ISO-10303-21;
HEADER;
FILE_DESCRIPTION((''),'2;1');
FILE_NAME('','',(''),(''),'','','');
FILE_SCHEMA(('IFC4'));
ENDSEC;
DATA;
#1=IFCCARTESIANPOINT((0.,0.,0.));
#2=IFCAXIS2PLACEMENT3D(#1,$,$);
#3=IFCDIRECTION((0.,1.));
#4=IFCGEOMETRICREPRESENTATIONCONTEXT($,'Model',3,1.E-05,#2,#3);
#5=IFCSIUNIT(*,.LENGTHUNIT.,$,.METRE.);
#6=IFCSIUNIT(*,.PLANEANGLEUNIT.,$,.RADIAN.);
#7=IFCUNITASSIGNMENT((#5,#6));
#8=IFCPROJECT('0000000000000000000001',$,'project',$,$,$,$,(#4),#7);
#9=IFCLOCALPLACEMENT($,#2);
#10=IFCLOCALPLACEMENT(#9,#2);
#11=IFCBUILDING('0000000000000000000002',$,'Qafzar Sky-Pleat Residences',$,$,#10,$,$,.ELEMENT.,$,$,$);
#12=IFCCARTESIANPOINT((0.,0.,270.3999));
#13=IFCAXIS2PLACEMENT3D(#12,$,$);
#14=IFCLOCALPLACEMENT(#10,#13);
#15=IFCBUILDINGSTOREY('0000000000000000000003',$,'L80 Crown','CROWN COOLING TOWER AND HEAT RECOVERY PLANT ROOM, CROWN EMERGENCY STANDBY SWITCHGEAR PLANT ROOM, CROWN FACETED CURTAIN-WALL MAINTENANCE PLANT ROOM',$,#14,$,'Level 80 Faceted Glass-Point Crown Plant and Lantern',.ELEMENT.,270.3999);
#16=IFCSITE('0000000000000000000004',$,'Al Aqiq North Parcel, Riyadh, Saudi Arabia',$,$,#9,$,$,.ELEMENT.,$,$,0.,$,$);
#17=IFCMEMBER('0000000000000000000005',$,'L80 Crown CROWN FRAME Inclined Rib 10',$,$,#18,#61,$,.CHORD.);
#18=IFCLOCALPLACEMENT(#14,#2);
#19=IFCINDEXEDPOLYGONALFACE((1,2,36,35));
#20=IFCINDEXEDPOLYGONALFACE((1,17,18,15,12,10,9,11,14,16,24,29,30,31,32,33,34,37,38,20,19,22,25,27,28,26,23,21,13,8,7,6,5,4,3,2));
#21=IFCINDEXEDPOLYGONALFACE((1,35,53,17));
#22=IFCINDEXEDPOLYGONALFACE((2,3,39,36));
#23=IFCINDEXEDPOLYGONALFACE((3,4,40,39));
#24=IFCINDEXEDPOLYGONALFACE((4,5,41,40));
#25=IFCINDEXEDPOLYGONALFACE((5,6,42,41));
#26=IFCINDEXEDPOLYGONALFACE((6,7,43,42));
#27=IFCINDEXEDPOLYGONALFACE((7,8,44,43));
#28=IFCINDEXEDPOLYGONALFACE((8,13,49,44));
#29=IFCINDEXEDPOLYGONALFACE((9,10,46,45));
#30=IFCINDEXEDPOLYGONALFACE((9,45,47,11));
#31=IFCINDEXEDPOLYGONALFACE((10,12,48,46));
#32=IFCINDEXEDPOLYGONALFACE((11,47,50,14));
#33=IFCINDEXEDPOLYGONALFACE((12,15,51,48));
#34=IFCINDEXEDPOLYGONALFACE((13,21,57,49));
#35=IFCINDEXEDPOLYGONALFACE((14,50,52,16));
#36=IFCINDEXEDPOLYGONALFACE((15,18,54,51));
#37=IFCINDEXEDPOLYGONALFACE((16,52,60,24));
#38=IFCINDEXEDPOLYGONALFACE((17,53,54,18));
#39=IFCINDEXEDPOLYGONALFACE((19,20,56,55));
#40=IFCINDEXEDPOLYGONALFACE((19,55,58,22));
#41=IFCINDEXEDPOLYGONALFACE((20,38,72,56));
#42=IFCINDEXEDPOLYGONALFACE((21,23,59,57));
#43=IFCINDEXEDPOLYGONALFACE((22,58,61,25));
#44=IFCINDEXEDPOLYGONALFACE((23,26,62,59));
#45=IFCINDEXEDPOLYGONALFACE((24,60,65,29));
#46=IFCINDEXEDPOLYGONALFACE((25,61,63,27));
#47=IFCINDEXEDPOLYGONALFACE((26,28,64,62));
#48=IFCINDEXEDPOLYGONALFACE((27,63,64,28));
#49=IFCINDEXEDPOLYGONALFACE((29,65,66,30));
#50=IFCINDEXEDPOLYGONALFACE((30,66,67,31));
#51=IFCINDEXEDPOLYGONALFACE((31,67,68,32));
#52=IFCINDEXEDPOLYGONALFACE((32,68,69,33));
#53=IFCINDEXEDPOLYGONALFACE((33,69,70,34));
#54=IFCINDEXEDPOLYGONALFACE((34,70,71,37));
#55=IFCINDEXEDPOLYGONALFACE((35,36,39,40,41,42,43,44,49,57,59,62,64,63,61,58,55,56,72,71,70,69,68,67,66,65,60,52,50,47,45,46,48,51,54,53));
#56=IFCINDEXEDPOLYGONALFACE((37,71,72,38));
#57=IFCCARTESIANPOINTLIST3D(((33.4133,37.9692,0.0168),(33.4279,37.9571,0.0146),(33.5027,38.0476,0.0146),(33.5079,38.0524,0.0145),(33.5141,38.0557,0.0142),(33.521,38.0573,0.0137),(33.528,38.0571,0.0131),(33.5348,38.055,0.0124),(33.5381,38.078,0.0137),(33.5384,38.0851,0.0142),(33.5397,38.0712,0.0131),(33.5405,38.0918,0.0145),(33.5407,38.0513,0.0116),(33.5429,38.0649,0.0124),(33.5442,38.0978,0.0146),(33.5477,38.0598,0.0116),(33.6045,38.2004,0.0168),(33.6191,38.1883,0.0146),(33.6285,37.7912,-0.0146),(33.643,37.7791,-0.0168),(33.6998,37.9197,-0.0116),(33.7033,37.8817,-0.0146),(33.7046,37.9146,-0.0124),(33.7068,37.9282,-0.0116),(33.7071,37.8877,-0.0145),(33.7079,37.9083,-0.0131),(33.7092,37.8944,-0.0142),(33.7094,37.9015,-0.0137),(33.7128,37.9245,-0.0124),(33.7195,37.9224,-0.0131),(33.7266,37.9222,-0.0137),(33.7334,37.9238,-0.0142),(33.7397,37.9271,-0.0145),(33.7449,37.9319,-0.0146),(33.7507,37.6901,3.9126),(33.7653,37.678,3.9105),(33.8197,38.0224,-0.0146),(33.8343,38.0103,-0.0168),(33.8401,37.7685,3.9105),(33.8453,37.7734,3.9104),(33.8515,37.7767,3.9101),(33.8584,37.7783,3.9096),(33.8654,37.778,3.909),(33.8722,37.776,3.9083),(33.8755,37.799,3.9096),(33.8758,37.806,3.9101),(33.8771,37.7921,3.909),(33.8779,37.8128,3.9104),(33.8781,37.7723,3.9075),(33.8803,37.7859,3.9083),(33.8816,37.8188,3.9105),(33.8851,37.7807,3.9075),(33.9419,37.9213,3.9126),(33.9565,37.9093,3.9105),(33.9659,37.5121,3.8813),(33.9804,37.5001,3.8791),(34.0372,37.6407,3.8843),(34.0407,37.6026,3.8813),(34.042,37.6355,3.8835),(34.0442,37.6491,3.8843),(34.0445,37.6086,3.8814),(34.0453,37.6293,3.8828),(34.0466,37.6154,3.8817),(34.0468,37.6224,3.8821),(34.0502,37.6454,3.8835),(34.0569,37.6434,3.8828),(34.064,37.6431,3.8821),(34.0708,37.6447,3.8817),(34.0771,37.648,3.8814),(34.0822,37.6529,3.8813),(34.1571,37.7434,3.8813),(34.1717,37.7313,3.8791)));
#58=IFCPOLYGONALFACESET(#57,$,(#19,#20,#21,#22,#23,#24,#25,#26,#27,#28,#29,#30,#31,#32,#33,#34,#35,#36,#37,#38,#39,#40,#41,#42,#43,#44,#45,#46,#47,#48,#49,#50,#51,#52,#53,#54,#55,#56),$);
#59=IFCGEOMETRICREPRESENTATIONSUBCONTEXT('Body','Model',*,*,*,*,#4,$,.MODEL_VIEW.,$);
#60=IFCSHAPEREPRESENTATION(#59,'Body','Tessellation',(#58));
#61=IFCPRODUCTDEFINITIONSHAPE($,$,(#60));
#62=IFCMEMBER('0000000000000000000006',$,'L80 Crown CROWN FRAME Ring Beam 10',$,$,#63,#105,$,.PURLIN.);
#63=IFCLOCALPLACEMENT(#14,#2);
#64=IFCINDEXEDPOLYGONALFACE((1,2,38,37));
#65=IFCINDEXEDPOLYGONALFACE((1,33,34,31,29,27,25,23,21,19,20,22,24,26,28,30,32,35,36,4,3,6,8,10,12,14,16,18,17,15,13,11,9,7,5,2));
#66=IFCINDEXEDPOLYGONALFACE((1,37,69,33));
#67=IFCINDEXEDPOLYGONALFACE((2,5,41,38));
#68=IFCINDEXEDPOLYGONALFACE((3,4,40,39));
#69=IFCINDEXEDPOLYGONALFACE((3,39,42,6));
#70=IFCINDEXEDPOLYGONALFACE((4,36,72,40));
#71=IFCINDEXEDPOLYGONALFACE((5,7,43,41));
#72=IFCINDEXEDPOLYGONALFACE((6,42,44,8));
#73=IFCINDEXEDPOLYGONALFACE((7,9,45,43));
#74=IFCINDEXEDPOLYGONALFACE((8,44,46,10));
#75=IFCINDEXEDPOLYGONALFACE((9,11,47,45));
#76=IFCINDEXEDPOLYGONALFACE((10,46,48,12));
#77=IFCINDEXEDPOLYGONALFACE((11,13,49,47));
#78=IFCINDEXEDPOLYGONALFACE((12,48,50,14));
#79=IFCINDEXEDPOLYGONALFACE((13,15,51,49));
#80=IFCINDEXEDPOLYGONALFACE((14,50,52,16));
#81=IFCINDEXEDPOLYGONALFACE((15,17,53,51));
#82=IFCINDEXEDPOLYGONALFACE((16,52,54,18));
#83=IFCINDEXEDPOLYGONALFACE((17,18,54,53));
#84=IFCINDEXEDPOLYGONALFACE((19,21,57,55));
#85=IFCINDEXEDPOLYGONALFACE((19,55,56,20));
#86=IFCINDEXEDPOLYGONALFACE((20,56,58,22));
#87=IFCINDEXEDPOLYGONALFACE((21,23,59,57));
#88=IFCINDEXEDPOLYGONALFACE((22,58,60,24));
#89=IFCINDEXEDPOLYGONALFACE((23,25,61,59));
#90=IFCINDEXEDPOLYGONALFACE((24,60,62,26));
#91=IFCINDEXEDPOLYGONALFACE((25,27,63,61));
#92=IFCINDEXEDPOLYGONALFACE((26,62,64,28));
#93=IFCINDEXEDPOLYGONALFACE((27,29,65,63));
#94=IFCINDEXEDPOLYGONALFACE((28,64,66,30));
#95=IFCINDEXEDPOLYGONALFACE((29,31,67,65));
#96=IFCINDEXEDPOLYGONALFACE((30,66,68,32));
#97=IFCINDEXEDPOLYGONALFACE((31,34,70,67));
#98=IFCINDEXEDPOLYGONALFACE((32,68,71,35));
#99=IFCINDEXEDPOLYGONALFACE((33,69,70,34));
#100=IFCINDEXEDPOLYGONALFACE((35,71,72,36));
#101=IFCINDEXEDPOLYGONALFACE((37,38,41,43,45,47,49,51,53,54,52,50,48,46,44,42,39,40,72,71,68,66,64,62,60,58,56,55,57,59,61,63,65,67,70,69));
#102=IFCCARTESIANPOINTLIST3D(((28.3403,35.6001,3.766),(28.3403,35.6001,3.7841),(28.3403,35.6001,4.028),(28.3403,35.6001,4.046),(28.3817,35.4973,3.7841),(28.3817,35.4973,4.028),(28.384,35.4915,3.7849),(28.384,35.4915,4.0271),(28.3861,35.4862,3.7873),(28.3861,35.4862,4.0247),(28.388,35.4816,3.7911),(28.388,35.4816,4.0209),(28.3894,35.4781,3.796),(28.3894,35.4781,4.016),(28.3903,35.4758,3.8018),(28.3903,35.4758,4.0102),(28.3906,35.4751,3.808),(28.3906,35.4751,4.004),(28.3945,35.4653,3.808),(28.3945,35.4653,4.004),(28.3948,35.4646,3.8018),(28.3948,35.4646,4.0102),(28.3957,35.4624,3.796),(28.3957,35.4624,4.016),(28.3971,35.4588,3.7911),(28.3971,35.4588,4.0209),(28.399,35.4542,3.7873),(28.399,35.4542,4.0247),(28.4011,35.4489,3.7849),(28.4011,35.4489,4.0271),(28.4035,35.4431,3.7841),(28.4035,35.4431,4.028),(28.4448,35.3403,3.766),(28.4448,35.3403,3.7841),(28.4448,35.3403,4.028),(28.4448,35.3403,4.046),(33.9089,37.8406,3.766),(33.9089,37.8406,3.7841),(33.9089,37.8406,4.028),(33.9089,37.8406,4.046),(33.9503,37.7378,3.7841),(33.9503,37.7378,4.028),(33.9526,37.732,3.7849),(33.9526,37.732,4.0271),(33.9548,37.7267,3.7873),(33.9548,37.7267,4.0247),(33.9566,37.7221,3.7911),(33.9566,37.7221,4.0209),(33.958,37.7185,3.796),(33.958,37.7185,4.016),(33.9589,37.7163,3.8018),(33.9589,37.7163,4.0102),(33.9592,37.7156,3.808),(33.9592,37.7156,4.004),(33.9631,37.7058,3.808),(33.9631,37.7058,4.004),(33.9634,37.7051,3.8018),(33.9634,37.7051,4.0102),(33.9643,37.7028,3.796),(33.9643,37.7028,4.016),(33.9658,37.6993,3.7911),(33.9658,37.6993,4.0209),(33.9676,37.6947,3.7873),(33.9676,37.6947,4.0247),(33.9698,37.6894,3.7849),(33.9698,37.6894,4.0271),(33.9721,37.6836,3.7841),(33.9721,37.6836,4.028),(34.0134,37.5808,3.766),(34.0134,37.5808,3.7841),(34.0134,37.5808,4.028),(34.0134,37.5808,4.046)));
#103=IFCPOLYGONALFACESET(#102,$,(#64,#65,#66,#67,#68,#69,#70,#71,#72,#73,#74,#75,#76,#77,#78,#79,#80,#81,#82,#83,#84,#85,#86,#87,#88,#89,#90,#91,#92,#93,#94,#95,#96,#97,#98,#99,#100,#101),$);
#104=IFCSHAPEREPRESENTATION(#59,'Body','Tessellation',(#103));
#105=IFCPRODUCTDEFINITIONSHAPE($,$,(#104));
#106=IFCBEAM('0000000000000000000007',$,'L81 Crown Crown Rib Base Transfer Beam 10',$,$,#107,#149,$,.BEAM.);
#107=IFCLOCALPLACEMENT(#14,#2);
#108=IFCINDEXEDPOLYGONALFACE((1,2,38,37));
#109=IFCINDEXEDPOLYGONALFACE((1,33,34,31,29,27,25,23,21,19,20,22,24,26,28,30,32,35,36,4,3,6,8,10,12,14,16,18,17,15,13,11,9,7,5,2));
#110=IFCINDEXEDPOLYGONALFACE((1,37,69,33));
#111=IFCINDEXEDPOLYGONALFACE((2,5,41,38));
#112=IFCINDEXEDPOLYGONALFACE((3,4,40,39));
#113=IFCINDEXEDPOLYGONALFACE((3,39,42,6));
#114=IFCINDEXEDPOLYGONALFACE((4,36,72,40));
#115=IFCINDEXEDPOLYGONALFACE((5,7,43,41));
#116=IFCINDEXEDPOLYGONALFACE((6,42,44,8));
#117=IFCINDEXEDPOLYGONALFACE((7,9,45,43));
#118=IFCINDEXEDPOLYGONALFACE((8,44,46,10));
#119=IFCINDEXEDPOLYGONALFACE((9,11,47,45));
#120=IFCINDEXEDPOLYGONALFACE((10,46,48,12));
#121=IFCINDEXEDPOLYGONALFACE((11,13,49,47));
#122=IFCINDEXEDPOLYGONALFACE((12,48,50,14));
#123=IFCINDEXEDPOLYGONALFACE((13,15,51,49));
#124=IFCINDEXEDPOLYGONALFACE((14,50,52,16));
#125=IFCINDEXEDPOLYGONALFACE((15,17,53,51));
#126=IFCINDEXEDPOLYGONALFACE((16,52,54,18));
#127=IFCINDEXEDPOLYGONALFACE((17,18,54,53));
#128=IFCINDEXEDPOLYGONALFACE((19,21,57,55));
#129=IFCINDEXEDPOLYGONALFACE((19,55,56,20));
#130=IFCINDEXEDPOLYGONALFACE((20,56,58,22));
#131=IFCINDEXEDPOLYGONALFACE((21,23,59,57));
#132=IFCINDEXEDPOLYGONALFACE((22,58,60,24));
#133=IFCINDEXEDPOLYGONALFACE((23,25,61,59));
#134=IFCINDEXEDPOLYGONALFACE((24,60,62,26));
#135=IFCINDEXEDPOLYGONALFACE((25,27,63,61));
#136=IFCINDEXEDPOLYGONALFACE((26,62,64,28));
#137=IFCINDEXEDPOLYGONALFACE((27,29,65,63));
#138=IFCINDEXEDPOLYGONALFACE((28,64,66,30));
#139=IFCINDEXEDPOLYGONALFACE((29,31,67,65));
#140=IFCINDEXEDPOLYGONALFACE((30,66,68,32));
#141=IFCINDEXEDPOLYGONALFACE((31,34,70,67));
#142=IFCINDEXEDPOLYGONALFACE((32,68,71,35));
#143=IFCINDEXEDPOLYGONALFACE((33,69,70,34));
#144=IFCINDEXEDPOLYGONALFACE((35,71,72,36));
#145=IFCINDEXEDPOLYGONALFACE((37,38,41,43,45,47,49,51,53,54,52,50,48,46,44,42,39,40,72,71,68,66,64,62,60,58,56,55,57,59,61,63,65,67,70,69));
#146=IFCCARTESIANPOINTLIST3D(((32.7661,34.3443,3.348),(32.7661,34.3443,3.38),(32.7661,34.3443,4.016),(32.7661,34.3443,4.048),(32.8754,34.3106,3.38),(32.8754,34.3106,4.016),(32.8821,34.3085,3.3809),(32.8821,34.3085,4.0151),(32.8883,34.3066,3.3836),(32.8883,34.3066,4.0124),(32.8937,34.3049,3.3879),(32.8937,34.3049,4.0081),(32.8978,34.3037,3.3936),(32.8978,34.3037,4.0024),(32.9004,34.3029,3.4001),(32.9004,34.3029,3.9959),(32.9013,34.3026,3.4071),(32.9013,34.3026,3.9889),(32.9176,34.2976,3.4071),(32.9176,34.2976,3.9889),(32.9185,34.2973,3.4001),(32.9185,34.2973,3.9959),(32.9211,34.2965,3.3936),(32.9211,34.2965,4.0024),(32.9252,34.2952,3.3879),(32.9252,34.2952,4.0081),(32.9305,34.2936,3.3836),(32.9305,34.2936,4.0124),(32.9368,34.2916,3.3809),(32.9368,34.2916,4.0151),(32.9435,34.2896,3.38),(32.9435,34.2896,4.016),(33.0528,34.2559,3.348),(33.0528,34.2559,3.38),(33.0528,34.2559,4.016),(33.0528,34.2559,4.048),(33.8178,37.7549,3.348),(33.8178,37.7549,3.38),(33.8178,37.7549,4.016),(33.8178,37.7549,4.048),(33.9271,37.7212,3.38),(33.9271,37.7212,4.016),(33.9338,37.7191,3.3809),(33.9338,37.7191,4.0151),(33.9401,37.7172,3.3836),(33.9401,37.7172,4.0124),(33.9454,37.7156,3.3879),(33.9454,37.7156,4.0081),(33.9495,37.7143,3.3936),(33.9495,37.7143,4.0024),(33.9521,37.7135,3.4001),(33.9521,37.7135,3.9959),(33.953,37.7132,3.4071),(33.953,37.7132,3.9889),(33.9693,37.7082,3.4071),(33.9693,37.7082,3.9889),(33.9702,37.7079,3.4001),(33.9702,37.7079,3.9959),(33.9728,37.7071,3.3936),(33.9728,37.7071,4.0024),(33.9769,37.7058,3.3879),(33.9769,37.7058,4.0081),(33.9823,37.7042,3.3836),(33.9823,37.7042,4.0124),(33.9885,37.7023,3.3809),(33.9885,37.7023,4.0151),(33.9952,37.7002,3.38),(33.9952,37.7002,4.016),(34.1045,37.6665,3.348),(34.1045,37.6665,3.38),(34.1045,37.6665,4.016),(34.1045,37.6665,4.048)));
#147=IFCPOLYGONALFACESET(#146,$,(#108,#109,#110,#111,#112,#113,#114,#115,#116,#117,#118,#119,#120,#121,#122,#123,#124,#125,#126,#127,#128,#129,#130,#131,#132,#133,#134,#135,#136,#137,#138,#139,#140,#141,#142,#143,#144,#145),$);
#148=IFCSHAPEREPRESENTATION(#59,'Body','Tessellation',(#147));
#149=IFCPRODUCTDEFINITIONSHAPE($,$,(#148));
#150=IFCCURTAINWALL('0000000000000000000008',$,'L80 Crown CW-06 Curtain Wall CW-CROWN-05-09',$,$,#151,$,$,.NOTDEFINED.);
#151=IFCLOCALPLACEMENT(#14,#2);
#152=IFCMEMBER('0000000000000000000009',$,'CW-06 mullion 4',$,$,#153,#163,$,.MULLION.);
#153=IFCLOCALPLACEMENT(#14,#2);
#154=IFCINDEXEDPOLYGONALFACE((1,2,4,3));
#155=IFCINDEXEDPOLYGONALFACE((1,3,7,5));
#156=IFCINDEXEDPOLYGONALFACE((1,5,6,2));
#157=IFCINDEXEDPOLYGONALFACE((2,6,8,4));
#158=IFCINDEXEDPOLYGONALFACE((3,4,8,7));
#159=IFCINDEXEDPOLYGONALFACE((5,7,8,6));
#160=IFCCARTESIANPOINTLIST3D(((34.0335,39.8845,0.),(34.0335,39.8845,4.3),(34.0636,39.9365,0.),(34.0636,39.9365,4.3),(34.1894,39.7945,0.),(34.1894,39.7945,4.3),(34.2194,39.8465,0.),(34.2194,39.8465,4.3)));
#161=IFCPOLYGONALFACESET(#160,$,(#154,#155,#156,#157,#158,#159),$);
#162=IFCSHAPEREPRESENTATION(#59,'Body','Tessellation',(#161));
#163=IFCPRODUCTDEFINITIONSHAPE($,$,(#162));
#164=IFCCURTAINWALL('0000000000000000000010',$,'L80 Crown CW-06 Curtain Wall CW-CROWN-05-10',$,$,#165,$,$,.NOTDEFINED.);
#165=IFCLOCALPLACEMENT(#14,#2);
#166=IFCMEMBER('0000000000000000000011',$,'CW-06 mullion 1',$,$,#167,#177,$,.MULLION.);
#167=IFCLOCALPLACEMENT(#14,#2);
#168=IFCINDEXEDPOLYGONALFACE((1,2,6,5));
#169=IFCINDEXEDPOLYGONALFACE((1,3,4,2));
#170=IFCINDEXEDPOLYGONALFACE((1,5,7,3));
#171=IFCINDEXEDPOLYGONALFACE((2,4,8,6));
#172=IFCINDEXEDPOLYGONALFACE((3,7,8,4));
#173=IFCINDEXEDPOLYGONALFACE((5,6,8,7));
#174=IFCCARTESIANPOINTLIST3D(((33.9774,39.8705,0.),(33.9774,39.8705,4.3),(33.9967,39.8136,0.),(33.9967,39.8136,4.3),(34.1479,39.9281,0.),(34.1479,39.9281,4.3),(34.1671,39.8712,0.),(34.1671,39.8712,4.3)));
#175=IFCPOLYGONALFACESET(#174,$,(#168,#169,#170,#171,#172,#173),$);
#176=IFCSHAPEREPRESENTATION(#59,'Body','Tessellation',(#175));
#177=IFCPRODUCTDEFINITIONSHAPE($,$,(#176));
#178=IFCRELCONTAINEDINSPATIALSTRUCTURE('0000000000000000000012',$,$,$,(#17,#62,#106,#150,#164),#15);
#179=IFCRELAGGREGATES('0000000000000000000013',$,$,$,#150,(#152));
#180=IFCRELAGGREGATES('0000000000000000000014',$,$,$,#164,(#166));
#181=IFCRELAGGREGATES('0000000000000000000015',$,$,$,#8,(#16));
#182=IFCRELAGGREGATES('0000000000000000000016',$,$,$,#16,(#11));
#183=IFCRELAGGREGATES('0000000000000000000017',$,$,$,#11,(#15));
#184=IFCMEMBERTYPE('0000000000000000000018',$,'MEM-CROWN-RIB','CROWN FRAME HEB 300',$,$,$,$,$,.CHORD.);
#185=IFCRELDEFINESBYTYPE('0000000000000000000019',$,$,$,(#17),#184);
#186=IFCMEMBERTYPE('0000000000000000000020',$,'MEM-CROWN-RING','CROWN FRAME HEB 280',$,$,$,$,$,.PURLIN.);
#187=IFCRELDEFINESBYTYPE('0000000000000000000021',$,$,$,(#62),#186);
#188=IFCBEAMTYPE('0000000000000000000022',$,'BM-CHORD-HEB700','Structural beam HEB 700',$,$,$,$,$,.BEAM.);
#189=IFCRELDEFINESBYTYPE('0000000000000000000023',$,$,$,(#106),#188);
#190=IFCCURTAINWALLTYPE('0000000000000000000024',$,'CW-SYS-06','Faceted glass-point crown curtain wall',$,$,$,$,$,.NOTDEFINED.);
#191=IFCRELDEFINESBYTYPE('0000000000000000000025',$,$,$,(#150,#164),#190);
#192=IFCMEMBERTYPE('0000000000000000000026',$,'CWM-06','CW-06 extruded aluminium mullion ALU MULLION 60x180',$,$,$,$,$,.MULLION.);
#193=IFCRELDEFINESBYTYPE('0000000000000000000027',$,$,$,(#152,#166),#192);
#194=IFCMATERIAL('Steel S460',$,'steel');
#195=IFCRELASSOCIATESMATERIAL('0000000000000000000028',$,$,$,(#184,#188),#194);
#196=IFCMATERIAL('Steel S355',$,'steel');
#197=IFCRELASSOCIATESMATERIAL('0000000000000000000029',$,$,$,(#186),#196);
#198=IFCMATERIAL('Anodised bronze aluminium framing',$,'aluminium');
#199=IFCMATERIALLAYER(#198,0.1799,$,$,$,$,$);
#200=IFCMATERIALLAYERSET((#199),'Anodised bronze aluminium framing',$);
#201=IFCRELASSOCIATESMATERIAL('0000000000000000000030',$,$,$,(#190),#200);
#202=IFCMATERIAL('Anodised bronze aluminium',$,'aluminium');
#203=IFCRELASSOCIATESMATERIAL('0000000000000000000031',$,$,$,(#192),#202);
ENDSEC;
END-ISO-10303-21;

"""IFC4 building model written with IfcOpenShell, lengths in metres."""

from ifc_helpers import new_model, si_unit, direction, frame, origin, origin_2d, place, context, subcontext, project, spatial, rectangle, i_section, extrude, source, transform, mapped, material, layer, layer_set, material_profile, profile_set, type_object, element, aggregate, save


model = new_model("IFC4")

# Units and contexts
model_context = context("Model", 3, precision=1e-05, world=origin(), true_north=direction((0.0, 1.0)))
body_context = subcontext(model_context, "Body", "Model", "MODEL_VIEW")
ifc_project = project(units=[si_unit("LENGTHUNIT", "METRE"), si_unit("PLANEANGLEUNIT", "RADIAN")], contexts=[model_context])

# Site, building, storey
site_placement = place(None, origin())
site = spatial("IfcSite", under=ifc_project, at=site_placement, Name="Al Aqiq North Parcel, Riyadh, Saudi Arabia", CompositionType="ELEMENT", RefElevation=0.0)
building_placement = place(site_placement, origin())
building = spatial("IfcBuilding", under=site, at=building_placement, Name="Qafzar Sky-Pleat Residences", CompositionType="ELEMENT")
storey_placement = place(building_placement, frame((0.0, 0.0, 270.3999)))
storey = spatial("IfcBuildingStorey", under=building, at=storey_placement, Name="L80 Crown", Description="CROWN COOLING TOWER AND HEAT RECOVERY PLANT ROOM, CROWN EMERGENCY STANDBY SWITCHGEAR PLANT ROOM, CROWN FACETED CURTAIN-WALL MAINTENANCE PLANT ROOM", LongName="Level 80 Faceted Glass-Point Crown Plant and Lantern", CompositionType="ELEMENT", Elevation=270.3999)

# Members
ifc_material_1 = material(Name="Steel S460", Category="steel")
ifc_material_profile_1 = material_profile(ifc_material_1, i_section(OverallWidth=0.3, OverallDepth=0.3, WebThickness=0.011, FlangeThickness=0.019, FilletRadius=0.0271, at=origin_2d()), Name="HEB 300")
ifc_profile_set_1 = profile_set([ifc_material_profile_1], Name="Steel S460")
member_type_1 = type_object("IfcMemberType", Name="MEM-CROWN-RIB", Description="CROWN FRAME HEB 300", PredefinedType="CHORD", material=ifc_profile_set_1)
shared_shape_1 = source(origin(), body_context, "Body", "SweptSolid", [
    extrude(i_section(OverallWidth=0.3, OverallDepth=0.3, WebThickness=0.011, FlangeThickness=0.019, FilletRadius=0.0271, at=origin_2d()), origin(), (0.0, 0.0, 1.0), 3.9204),
])
member_1_placement = place(storey_placement, frame((33.6238, 37.9897, 0.0), z_axis=(0.086061, -0.071177, 0.993744), x_axis=(0.637328, 0.770593, 0.0)))
element("IfcMember", 1, at=member_1_placement, inside=storey, type_object=member_type_1, Name="L80 Crown CROWN FRAME Inclined Rib 10", PredefinedType="CHORD", context=body_context, shape_type="MappedRepresentation", body=[
    mapped(shared_shape_1, transform((0.0, 0.0, 0.0), x_axis=(1.0, 0.0, 0.0), y_axis=(0.0, 1.0, 0.0), z_axis=(0.0, 0.0, 1.0), scale=1.0)),
])
ifc_material_2 = material(Name="Steel S355", Category="steel")
ifc_material_profile_2 = material_profile(ifc_material_2, i_section(OverallWidth=0.28, OverallDepth=0.28, WebThickness=0.0105, FlangeThickness=0.0181, FilletRadius=0.0239, at=origin_2d()), Name="HEB 280")
ifc_profile_set_2 = profile_set([ifc_material_profile_2], Name="Steel S355")
member_type_2 = type_object("IfcMemberType", Name="MEM-CROWN-RING", Description="CROWN FRAME HEB 280", PredefinedType="PURLIN", material=ifc_profile_set_2)
shared_shape_2 = source(origin(), body_context, "Body", "SweptSolid", [
    extrude(i_section(OverallWidth=0.28, OverallDepth=0.28, WebThickness=0.0105, FlangeThickness=0.0181, FilletRadius=0.0239, at=origin_2d()), origin(), (0.0, 0.0, 1.0), 6.0024),
])
member_2_placement = place(storey_placement, frame((33.9612, 37.7107, 3.906), z_axis=(-0.927726, -0.373262, 0.0), x_axis=(0.373262, -0.927726, 0.0)))
element("IfcMember", 2, at=member_2_placement, inside=storey, type_object=member_type_2, Name="L80 Crown CROWN FRAME Ring Beam 10", PredefinedType="PURLIN", context=body_context, shape_type="MappedRepresentation", body=[
    mapped(shared_shape_2, transform((0.0, 0.0, 0.0), x_axis=(1.0, 0.0, 0.0), y_axis=(0.0, 1.0, 0.0), z_axis=(0.0, 0.0, 1.0), scale=1.0)),
])

# Beam
ifc_material_profile_3 = material_profile(ifc_material_1, i_section(OverallWidth=0.3, OverallDepth=0.7, WebThickness=0.0171, FlangeThickness=0.032, FilletRadius=0.0271, at=origin_2d()), Name="HEB 700")
ifc_profile_set_3 = profile_set([ifc_material_profile_3], Name="Steel S460")
beam_type = type_object("IfcBeamType", Name="BM-CHORD-HEB700", Description="Structural beam HEB 700", PredefinedType="BEAM", material=ifc_profile_set_3)
shared_shape_3 = source(origin(), body_context, "Body", "SweptSolid", [
    extrude(i_section(OverallWidth=0.3, OverallDepth=0.7, WebThickness=0.0171, FlangeThickness=0.032, FilletRadius=0.0271, at=origin_2d()), origin(), (0.0, 0.0, 1.0), 3.5691),
])
beam_placement = place(storey_placement, frame((33.9612, 37.7107, 3.698), z_axis=(-0.294682, -0.955595, 0.0), x_axis=(0.955595, -0.294682, 0.0)))
element("IfcBeam", 3, at=beam_placement, inside=storey, type_object=beam_type, Name="L81 Crown Crown Rib Base Transfer Beam 10", PredefinedType="BEAM", context=body_context, shape_type="MappedRepresentation", body=[
    mapped(shared_shape_3, transform((0.0, 0.0, 0.0), x_axis=(1.0, 0.0, 0.0), y_axis=(0.0, 1.0, 0.0), z_axis=(0.0, 0.0, 1.0), scale=1.0)),
])

# Curtain wall, member
ifc_material_3 = material(Name="Anodised bronze aluminium framing", Category="aluminium")
ifc_layer_1 = layer(ifc_material_3, 0.1799)
ifc_layer_set_1 = layer_set([ifc_layer_1], Name="Anodised bronze aluminium framing")
curtain_wall_type = type_object("IfcCurtainWallType", Name="CW-SYS-06", Description="Faceted glass-point crown curtain wall", PredefinedType="NOTDEFINED", material=ifc_layer_set_1)
curtain_wall_1_placement = place(storey_placement, origin())
curtain_wall_1 = element("IfcCurtainWall", 4, at=curtain_wall_1_placement, inside=storey, type_object=curtain_wall_type, Name="L80 Crown CW-06 Curtain Wall CW-CROWN-05-09", PredefinedType="NOTDEFINED")
ifc_material_4 = material(Name="Anodised bronze aluminium", Category="aluminium")
ifc_material_profile_4 = material_profile(ifc_material_4, rectangle(XDim=0.0601, YDim=0.1799, at=origin_2d()), Name="ALU MULLION 60x180")
ifc_profile_set_4 = profile_set([ifc_material_profile_4], Name="Anodised bronze aluminium")
member_type_3 = type_object("IfcMemberType", Name="CWM-06", Description="CW-06 extruded aluminium mullion ALU MULLION 60x180", PredefinedType="MULLION", material=ifc_profile_set_4)
shared_shape_4 = source(origin(), body_context, "Body", "SweptSolid", [
    extrude(rectangle(XDim=0.0601, YDim=0.1799, at=origin_2d()), origin(), (0.0, 0.0, 1.0), 4.3),
])
member_3_placement = place(storey_placement, frame((34.1265, 39.8655, 0.0), z_axis=(0.0, 0.0, 1.0), x_axis=(-0.500001, -0.866025, 0.0)))
member_3 = element("IfcMember", 5, at=member_3_placement, type_object=member_type_3, Name="CW-06 mullion 4", PredefinedType="MULLION", context=body_context, shape_type="MappedRepresentation", body=[
    mapped(shared_shape_4, transform((0.0, 0.0, 0.0), x_axis=(1.0, 0.0, 0.0), y_axis=(0.0, 1.0, 0.0), z_axis=(0.0, 0.0, 1.0), scale=1.0)),
])
aggregate(curtain_wall_1, [member_3])

# Curtain wall, member
curtain_wall_2_placement = place(storey_placement, origin())
curtain_wall_2 = element("IfcCurtainWall", 6, at=curtain_wall_2_placement, inside=storey, type_object=curtain_wall_type, Name="L80 Crown CW-06 Curtain Wall CW-CROWN-05-10", PredefinedType="NOTDEFINED")
member_4_placement = place(storey_placement, frame((34.0723, 39.8708, 0.0), z_axis=(0.0, 0.0, 1.0), x_axis=(0.320439, -0.947269, 0.0)))
member_4 = element("IfcMember", 7, at=member_4_placement, type_object=member_type_3, Name="CW-06 mullion 1", PredefinedType="MULLION", context=body_context, shape_type="MappedRepresentation", body=[
    mapped(shared_shape_4, transform((0.0, 0.0, 0.0), x_axis=(1.0, 0.0, 0.0), y_axis=(0.0, 1.0, 0.0), z_axis=(0.0, 0.0, 1.0), scale=1.0)),
])
aggregate(curtain_wall_2, [member_4])

save(model, "model.ifc")
